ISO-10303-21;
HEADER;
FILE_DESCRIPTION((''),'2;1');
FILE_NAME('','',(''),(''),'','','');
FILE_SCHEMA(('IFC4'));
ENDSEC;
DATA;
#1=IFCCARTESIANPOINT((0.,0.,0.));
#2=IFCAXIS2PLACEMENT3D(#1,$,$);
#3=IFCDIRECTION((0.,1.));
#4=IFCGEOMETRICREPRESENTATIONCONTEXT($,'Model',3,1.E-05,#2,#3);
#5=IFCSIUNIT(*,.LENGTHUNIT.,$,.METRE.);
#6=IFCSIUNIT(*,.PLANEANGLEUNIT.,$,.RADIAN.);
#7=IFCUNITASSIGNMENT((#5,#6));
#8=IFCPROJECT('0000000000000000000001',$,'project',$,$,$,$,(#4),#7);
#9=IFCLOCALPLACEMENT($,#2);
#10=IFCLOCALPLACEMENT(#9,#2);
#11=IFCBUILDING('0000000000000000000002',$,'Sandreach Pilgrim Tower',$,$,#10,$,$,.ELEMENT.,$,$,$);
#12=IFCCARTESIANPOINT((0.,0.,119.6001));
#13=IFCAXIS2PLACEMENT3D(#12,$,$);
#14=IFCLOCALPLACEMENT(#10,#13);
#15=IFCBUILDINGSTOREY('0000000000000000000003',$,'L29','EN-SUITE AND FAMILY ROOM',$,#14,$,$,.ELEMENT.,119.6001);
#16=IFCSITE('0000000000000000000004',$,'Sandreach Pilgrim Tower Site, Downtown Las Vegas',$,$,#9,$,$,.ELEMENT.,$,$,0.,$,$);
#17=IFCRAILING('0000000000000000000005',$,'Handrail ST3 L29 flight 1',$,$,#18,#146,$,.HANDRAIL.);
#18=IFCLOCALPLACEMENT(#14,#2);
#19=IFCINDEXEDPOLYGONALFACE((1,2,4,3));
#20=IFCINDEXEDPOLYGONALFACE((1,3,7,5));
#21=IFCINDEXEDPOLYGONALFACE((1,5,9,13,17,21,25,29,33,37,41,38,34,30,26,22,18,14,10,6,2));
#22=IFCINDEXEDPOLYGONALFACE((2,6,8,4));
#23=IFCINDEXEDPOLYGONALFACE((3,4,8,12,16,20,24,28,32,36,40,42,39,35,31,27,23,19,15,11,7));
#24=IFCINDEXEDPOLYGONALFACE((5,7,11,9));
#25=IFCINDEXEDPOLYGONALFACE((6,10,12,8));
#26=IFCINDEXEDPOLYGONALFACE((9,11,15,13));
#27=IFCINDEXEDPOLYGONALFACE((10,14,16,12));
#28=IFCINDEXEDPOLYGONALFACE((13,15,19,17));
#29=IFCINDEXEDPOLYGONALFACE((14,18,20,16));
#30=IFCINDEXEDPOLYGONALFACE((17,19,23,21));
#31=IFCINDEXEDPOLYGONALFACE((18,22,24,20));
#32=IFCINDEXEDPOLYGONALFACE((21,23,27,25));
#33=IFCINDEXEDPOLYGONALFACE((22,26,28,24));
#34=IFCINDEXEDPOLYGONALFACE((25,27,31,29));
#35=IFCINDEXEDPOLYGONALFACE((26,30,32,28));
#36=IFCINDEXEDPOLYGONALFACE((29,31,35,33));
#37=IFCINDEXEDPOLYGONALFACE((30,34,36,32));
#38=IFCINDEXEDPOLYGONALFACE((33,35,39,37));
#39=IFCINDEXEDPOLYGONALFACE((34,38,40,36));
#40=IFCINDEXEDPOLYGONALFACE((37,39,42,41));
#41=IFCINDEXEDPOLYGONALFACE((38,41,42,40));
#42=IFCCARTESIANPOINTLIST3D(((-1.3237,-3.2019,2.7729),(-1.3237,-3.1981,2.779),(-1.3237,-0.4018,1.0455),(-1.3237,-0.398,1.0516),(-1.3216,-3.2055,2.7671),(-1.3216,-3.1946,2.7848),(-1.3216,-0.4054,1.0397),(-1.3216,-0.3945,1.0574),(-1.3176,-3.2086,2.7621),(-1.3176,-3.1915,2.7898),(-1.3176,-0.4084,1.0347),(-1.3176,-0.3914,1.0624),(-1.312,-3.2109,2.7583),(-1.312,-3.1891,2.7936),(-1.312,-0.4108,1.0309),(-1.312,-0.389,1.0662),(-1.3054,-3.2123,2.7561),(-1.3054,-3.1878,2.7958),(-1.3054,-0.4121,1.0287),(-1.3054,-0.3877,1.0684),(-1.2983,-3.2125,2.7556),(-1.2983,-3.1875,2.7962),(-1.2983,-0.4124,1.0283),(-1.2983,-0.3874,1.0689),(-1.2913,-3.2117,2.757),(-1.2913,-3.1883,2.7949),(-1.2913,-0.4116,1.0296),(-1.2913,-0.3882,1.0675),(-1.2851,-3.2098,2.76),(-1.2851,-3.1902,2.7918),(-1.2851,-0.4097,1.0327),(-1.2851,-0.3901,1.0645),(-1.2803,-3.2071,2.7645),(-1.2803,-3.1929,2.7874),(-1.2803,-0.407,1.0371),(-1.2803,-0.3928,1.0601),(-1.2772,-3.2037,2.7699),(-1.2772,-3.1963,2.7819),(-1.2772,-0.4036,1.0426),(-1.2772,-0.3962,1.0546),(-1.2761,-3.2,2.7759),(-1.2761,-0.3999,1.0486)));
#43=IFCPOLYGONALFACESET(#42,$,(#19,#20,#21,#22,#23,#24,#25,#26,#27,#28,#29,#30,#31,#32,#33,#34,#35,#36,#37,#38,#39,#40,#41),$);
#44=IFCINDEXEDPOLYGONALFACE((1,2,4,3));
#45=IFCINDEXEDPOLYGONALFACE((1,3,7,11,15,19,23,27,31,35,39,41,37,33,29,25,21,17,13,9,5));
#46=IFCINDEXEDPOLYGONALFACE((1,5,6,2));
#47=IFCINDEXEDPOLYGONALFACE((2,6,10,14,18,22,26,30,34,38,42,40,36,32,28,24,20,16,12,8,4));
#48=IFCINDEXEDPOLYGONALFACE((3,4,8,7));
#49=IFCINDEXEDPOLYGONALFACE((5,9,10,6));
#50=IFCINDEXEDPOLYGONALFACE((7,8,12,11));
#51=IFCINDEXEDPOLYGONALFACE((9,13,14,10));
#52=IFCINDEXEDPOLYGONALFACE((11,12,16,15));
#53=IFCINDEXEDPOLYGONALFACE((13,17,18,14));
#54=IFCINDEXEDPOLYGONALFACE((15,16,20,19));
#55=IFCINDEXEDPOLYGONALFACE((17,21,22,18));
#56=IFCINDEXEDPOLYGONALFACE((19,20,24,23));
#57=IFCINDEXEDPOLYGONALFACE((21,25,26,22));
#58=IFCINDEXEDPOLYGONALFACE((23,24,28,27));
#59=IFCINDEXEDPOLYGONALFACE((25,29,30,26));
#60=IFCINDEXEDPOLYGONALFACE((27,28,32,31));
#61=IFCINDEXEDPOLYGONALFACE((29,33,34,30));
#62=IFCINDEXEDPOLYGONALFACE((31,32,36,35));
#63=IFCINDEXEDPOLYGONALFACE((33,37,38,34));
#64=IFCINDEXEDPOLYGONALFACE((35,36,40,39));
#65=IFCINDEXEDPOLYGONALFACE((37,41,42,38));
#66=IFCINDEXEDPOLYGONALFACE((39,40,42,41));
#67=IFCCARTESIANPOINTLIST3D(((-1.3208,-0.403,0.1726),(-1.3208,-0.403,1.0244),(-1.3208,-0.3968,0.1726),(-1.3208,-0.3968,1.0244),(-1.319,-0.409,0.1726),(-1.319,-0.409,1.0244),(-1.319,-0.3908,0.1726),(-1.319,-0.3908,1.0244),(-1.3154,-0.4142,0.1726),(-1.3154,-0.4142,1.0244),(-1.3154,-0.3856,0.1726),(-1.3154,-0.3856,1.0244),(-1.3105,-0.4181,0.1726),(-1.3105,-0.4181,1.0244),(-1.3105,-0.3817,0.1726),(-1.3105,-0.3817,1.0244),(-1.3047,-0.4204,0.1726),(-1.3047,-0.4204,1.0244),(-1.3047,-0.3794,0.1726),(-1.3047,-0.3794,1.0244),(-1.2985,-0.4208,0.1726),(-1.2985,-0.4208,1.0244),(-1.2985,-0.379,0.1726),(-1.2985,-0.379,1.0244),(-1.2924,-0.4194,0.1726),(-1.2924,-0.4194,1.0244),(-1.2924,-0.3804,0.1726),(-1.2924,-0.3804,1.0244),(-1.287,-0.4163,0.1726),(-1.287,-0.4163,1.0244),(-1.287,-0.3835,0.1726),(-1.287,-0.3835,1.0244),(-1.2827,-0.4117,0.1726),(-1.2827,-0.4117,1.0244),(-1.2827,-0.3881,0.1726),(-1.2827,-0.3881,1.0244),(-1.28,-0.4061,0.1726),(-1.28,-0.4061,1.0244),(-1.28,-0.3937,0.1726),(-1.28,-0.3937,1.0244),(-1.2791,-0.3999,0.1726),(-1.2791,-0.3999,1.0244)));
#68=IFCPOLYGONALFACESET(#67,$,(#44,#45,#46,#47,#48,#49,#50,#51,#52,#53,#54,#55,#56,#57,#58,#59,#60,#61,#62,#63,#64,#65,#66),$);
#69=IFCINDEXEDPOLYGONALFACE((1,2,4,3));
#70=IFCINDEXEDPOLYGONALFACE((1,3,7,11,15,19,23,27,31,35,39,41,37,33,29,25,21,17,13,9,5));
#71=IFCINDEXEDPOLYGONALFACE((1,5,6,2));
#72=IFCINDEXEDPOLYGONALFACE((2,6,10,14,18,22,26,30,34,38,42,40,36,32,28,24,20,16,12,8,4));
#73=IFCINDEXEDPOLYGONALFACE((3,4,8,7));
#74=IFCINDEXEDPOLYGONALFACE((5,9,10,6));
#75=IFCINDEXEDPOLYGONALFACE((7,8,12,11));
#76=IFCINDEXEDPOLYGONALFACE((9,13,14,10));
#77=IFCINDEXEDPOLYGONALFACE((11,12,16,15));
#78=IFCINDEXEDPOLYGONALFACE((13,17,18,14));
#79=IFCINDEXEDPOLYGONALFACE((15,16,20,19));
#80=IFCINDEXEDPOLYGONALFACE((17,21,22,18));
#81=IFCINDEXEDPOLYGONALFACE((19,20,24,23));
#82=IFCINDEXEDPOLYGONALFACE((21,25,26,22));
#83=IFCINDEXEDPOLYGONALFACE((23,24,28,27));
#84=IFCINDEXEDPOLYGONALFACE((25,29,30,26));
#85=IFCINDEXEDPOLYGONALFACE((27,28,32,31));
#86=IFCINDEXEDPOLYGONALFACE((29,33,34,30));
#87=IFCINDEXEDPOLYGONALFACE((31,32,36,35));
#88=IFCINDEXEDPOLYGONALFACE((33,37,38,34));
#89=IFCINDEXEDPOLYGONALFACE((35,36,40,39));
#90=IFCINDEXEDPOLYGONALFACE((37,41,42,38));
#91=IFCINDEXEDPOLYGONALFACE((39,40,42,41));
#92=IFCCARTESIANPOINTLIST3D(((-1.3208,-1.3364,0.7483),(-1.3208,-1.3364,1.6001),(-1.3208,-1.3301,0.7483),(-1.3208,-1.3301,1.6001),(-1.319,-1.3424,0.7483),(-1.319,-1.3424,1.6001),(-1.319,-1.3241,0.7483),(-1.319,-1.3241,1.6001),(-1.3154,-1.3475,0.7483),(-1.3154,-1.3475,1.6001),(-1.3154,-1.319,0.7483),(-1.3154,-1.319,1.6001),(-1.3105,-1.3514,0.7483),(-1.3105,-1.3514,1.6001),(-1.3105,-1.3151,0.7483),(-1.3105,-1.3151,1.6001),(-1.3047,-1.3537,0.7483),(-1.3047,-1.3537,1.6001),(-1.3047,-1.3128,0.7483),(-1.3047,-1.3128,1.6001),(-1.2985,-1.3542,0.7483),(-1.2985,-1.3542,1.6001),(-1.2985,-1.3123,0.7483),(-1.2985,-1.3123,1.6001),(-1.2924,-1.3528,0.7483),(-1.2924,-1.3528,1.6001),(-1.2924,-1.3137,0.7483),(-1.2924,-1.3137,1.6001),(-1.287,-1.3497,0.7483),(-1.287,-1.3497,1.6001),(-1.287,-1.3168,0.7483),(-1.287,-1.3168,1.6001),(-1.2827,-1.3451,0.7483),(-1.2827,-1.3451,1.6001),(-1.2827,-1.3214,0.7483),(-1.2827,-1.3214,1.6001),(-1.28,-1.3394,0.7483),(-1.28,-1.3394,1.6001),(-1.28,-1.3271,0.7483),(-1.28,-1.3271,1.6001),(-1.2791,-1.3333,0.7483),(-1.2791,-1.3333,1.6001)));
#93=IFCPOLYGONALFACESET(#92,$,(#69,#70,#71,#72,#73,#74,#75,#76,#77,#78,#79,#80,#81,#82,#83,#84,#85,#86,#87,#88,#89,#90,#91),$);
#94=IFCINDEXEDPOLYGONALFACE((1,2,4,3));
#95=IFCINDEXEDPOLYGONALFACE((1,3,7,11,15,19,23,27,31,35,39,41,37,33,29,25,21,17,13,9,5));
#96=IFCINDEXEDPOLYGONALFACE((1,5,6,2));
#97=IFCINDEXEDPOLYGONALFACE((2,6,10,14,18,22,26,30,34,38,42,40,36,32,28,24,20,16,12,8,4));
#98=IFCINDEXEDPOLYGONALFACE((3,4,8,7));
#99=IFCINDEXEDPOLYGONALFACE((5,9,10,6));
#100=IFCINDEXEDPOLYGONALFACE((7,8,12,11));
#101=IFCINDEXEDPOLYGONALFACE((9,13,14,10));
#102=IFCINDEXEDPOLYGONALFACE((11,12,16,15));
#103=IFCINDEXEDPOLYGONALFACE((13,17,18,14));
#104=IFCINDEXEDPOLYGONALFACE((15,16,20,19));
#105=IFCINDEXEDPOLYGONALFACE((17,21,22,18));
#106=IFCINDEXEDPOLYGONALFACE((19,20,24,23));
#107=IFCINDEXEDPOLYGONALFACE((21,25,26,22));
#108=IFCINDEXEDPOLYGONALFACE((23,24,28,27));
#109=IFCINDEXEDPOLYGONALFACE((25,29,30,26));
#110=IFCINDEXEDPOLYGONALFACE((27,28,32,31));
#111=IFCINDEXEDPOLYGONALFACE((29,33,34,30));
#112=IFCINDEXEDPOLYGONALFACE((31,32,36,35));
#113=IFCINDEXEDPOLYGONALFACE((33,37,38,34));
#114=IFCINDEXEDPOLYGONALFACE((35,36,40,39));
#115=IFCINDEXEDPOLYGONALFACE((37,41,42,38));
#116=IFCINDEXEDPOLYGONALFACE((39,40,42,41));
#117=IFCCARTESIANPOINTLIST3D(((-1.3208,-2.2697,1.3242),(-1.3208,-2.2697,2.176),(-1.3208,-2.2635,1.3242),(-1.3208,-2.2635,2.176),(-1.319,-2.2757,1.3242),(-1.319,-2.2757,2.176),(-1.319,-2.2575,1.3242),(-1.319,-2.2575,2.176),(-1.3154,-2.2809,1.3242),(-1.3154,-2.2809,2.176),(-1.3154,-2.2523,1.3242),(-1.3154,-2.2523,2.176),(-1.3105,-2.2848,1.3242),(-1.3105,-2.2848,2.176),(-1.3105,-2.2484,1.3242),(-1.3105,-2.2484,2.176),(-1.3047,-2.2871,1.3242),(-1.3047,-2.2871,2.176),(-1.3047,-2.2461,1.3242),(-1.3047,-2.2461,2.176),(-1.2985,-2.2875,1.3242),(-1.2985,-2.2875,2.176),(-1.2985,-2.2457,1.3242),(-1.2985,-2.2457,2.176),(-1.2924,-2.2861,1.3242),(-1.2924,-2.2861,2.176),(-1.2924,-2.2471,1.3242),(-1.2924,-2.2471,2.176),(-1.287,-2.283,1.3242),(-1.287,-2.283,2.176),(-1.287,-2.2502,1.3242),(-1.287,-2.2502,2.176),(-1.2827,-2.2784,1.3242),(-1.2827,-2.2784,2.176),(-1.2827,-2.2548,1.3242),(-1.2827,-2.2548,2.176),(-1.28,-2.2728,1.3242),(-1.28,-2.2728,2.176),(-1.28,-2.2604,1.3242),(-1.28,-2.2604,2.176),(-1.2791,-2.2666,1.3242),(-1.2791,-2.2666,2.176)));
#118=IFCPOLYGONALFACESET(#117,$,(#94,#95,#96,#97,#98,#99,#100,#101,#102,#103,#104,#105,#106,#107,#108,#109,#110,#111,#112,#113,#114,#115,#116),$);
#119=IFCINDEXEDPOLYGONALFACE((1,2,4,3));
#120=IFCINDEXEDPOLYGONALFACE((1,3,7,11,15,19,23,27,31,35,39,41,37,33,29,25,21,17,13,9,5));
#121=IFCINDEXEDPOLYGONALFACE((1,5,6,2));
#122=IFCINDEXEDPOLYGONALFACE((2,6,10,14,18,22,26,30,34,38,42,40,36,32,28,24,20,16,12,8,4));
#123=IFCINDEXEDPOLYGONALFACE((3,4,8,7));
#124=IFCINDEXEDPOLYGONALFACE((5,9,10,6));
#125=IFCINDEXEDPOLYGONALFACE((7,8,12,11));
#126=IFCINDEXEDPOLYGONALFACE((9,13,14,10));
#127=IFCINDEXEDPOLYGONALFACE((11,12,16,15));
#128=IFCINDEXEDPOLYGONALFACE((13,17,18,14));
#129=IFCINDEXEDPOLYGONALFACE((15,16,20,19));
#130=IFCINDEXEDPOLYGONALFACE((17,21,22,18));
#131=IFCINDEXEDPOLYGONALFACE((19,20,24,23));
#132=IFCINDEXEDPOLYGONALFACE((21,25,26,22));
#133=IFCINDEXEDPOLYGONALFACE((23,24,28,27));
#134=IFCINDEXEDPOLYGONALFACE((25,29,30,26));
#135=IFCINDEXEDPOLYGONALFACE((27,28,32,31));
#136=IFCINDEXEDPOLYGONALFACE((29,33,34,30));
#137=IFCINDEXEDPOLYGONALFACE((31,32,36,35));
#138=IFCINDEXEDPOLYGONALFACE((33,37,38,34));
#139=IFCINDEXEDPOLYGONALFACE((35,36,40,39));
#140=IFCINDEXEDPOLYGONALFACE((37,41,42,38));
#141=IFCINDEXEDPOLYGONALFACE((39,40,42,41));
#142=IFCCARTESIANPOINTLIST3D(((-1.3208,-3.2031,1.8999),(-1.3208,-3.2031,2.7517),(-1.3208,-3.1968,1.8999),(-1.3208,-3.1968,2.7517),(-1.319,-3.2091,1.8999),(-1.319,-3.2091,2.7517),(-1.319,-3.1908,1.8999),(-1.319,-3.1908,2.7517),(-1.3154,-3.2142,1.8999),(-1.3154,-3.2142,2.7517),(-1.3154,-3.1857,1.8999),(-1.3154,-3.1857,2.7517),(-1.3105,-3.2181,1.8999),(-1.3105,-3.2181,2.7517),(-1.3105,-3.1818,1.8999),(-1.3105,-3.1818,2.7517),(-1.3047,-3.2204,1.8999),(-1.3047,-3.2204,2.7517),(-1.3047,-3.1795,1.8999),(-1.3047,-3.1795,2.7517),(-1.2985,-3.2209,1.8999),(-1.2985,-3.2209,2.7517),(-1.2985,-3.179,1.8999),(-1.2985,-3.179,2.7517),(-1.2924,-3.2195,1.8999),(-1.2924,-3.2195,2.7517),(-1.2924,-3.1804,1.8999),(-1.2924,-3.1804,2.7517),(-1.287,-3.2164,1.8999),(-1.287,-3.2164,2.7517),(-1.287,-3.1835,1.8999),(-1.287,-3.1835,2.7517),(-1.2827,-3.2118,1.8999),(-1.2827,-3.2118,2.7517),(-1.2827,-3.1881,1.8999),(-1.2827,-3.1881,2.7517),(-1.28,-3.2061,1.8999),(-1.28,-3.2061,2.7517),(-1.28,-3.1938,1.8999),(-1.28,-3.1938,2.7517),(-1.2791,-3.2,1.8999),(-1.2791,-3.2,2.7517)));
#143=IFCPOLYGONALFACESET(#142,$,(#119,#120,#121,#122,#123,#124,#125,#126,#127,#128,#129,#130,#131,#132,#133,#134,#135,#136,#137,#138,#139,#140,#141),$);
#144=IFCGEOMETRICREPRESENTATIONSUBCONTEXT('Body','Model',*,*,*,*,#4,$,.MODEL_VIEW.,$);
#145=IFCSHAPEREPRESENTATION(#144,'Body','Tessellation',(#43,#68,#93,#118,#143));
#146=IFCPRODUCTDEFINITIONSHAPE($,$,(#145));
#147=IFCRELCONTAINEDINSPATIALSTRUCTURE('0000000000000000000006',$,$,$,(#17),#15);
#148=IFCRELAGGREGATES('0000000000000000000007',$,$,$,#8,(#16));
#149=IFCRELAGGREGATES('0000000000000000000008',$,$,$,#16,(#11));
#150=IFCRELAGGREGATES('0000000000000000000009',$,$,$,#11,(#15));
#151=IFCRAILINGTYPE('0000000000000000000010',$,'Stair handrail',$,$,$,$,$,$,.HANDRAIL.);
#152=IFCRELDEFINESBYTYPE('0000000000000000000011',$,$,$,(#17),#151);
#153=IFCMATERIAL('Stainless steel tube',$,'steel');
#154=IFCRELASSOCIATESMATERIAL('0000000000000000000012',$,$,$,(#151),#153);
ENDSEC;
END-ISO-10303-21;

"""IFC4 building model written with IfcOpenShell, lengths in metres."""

from ifc_helpers import new_model, si_unit, direction, frame, origin, origin_2d, place, context, subcontext, project, spatial, circle, extrude, material, type_object, element, save


model = new_model("IFC4")

# Units and contexts
model_context = context("Model", 3, precision=1e-05, world=origin(), true_north=direction((0.0, 1.0)))
body_context = subcontext(model_context, "Body", "Model", "MODEL_VIEW")
ifc_project = project(units=[si_unit("LENGTHUNIT", "METRE"), si_unit("PLANEANGLEUNIT", "RADIAN")], contexts=[model_context])

# Site, building, storey
site_placement = place(None, origin())
site = spatial("IfcSite", under=ifc_project, at=site_placement, Name="Sandreach Pilgrim Tower Site, Downtown Las Vegas", CompositionType="ELEMENT", RefElevation=0.0)
building_placement = place(site_placement, origin())
building = spatial("IfcBuilding", under=site, at=building_placement, Name="Sandreach Pilgrim Tower", CompositionType="ELEMENT")
storey_placement = place(building_placement, frame((0.0, 0.0, 119.6001)))
storey = spatial("IfcBuildingStorey", under=building, at=storey_placement, Name="L29", Description="EN-SUITE AND FAMILY ROOM", CompositionType="ELEMENT", Elevation=119.6001)

# Railing
ifc_material_1 = material(Name="Stainless steel tube", Category="steel")
railing_type = type_object("IfcRailingType", Name="Stair handrail", PredefinedType="HANDRAIL", material=ifc_material_1)
for number, where, name in (
    (1, (-1.3, -0.3999, 0.1726), "Handrail ST3 L29 flight 1"),
):
    element("IfcRailing", number, at=place(storey_placement, frame(where)), inside=storey, type_object=railing_type, Name=name, PredefinedType="HANDRAIL", context=body_context, shape_type="SweptSolid", body=[
        extrude(circle(Radius=0.0239, at=origin_2d()), frame((0.0, 0.0, 0.876), z_axis=(0.0, -0.85109, 0.52502), x_axis=(1.0, 0.0, 0.0)), (0.0, 0.0, 1.0), 3.29),
        extrude(circle(Radius=0.021, at=origin_2d()), origin(), (0.0, 0.0, 1.0), 0.8518),
        extrude(circle(Radius=0.021, at=origin_2d()), frame((0.0, -0.9333, 0.5757)), (0.0, 0.0, 1.0), 0.8518),
        extrude(circle(Radius=0.021, at=origin_2d()), frame((0.0, -1.8667, 1.1516)), (0.0, 0.0, 1.0), 0.8518),
        extrude(circle(Radius=0.021, at=origin_2d()), frame((0.0, -2.8, 1.7273)), (0.0, 0.0, 1.0), 0.8518),
    ])

save(model, "model.ifc")
